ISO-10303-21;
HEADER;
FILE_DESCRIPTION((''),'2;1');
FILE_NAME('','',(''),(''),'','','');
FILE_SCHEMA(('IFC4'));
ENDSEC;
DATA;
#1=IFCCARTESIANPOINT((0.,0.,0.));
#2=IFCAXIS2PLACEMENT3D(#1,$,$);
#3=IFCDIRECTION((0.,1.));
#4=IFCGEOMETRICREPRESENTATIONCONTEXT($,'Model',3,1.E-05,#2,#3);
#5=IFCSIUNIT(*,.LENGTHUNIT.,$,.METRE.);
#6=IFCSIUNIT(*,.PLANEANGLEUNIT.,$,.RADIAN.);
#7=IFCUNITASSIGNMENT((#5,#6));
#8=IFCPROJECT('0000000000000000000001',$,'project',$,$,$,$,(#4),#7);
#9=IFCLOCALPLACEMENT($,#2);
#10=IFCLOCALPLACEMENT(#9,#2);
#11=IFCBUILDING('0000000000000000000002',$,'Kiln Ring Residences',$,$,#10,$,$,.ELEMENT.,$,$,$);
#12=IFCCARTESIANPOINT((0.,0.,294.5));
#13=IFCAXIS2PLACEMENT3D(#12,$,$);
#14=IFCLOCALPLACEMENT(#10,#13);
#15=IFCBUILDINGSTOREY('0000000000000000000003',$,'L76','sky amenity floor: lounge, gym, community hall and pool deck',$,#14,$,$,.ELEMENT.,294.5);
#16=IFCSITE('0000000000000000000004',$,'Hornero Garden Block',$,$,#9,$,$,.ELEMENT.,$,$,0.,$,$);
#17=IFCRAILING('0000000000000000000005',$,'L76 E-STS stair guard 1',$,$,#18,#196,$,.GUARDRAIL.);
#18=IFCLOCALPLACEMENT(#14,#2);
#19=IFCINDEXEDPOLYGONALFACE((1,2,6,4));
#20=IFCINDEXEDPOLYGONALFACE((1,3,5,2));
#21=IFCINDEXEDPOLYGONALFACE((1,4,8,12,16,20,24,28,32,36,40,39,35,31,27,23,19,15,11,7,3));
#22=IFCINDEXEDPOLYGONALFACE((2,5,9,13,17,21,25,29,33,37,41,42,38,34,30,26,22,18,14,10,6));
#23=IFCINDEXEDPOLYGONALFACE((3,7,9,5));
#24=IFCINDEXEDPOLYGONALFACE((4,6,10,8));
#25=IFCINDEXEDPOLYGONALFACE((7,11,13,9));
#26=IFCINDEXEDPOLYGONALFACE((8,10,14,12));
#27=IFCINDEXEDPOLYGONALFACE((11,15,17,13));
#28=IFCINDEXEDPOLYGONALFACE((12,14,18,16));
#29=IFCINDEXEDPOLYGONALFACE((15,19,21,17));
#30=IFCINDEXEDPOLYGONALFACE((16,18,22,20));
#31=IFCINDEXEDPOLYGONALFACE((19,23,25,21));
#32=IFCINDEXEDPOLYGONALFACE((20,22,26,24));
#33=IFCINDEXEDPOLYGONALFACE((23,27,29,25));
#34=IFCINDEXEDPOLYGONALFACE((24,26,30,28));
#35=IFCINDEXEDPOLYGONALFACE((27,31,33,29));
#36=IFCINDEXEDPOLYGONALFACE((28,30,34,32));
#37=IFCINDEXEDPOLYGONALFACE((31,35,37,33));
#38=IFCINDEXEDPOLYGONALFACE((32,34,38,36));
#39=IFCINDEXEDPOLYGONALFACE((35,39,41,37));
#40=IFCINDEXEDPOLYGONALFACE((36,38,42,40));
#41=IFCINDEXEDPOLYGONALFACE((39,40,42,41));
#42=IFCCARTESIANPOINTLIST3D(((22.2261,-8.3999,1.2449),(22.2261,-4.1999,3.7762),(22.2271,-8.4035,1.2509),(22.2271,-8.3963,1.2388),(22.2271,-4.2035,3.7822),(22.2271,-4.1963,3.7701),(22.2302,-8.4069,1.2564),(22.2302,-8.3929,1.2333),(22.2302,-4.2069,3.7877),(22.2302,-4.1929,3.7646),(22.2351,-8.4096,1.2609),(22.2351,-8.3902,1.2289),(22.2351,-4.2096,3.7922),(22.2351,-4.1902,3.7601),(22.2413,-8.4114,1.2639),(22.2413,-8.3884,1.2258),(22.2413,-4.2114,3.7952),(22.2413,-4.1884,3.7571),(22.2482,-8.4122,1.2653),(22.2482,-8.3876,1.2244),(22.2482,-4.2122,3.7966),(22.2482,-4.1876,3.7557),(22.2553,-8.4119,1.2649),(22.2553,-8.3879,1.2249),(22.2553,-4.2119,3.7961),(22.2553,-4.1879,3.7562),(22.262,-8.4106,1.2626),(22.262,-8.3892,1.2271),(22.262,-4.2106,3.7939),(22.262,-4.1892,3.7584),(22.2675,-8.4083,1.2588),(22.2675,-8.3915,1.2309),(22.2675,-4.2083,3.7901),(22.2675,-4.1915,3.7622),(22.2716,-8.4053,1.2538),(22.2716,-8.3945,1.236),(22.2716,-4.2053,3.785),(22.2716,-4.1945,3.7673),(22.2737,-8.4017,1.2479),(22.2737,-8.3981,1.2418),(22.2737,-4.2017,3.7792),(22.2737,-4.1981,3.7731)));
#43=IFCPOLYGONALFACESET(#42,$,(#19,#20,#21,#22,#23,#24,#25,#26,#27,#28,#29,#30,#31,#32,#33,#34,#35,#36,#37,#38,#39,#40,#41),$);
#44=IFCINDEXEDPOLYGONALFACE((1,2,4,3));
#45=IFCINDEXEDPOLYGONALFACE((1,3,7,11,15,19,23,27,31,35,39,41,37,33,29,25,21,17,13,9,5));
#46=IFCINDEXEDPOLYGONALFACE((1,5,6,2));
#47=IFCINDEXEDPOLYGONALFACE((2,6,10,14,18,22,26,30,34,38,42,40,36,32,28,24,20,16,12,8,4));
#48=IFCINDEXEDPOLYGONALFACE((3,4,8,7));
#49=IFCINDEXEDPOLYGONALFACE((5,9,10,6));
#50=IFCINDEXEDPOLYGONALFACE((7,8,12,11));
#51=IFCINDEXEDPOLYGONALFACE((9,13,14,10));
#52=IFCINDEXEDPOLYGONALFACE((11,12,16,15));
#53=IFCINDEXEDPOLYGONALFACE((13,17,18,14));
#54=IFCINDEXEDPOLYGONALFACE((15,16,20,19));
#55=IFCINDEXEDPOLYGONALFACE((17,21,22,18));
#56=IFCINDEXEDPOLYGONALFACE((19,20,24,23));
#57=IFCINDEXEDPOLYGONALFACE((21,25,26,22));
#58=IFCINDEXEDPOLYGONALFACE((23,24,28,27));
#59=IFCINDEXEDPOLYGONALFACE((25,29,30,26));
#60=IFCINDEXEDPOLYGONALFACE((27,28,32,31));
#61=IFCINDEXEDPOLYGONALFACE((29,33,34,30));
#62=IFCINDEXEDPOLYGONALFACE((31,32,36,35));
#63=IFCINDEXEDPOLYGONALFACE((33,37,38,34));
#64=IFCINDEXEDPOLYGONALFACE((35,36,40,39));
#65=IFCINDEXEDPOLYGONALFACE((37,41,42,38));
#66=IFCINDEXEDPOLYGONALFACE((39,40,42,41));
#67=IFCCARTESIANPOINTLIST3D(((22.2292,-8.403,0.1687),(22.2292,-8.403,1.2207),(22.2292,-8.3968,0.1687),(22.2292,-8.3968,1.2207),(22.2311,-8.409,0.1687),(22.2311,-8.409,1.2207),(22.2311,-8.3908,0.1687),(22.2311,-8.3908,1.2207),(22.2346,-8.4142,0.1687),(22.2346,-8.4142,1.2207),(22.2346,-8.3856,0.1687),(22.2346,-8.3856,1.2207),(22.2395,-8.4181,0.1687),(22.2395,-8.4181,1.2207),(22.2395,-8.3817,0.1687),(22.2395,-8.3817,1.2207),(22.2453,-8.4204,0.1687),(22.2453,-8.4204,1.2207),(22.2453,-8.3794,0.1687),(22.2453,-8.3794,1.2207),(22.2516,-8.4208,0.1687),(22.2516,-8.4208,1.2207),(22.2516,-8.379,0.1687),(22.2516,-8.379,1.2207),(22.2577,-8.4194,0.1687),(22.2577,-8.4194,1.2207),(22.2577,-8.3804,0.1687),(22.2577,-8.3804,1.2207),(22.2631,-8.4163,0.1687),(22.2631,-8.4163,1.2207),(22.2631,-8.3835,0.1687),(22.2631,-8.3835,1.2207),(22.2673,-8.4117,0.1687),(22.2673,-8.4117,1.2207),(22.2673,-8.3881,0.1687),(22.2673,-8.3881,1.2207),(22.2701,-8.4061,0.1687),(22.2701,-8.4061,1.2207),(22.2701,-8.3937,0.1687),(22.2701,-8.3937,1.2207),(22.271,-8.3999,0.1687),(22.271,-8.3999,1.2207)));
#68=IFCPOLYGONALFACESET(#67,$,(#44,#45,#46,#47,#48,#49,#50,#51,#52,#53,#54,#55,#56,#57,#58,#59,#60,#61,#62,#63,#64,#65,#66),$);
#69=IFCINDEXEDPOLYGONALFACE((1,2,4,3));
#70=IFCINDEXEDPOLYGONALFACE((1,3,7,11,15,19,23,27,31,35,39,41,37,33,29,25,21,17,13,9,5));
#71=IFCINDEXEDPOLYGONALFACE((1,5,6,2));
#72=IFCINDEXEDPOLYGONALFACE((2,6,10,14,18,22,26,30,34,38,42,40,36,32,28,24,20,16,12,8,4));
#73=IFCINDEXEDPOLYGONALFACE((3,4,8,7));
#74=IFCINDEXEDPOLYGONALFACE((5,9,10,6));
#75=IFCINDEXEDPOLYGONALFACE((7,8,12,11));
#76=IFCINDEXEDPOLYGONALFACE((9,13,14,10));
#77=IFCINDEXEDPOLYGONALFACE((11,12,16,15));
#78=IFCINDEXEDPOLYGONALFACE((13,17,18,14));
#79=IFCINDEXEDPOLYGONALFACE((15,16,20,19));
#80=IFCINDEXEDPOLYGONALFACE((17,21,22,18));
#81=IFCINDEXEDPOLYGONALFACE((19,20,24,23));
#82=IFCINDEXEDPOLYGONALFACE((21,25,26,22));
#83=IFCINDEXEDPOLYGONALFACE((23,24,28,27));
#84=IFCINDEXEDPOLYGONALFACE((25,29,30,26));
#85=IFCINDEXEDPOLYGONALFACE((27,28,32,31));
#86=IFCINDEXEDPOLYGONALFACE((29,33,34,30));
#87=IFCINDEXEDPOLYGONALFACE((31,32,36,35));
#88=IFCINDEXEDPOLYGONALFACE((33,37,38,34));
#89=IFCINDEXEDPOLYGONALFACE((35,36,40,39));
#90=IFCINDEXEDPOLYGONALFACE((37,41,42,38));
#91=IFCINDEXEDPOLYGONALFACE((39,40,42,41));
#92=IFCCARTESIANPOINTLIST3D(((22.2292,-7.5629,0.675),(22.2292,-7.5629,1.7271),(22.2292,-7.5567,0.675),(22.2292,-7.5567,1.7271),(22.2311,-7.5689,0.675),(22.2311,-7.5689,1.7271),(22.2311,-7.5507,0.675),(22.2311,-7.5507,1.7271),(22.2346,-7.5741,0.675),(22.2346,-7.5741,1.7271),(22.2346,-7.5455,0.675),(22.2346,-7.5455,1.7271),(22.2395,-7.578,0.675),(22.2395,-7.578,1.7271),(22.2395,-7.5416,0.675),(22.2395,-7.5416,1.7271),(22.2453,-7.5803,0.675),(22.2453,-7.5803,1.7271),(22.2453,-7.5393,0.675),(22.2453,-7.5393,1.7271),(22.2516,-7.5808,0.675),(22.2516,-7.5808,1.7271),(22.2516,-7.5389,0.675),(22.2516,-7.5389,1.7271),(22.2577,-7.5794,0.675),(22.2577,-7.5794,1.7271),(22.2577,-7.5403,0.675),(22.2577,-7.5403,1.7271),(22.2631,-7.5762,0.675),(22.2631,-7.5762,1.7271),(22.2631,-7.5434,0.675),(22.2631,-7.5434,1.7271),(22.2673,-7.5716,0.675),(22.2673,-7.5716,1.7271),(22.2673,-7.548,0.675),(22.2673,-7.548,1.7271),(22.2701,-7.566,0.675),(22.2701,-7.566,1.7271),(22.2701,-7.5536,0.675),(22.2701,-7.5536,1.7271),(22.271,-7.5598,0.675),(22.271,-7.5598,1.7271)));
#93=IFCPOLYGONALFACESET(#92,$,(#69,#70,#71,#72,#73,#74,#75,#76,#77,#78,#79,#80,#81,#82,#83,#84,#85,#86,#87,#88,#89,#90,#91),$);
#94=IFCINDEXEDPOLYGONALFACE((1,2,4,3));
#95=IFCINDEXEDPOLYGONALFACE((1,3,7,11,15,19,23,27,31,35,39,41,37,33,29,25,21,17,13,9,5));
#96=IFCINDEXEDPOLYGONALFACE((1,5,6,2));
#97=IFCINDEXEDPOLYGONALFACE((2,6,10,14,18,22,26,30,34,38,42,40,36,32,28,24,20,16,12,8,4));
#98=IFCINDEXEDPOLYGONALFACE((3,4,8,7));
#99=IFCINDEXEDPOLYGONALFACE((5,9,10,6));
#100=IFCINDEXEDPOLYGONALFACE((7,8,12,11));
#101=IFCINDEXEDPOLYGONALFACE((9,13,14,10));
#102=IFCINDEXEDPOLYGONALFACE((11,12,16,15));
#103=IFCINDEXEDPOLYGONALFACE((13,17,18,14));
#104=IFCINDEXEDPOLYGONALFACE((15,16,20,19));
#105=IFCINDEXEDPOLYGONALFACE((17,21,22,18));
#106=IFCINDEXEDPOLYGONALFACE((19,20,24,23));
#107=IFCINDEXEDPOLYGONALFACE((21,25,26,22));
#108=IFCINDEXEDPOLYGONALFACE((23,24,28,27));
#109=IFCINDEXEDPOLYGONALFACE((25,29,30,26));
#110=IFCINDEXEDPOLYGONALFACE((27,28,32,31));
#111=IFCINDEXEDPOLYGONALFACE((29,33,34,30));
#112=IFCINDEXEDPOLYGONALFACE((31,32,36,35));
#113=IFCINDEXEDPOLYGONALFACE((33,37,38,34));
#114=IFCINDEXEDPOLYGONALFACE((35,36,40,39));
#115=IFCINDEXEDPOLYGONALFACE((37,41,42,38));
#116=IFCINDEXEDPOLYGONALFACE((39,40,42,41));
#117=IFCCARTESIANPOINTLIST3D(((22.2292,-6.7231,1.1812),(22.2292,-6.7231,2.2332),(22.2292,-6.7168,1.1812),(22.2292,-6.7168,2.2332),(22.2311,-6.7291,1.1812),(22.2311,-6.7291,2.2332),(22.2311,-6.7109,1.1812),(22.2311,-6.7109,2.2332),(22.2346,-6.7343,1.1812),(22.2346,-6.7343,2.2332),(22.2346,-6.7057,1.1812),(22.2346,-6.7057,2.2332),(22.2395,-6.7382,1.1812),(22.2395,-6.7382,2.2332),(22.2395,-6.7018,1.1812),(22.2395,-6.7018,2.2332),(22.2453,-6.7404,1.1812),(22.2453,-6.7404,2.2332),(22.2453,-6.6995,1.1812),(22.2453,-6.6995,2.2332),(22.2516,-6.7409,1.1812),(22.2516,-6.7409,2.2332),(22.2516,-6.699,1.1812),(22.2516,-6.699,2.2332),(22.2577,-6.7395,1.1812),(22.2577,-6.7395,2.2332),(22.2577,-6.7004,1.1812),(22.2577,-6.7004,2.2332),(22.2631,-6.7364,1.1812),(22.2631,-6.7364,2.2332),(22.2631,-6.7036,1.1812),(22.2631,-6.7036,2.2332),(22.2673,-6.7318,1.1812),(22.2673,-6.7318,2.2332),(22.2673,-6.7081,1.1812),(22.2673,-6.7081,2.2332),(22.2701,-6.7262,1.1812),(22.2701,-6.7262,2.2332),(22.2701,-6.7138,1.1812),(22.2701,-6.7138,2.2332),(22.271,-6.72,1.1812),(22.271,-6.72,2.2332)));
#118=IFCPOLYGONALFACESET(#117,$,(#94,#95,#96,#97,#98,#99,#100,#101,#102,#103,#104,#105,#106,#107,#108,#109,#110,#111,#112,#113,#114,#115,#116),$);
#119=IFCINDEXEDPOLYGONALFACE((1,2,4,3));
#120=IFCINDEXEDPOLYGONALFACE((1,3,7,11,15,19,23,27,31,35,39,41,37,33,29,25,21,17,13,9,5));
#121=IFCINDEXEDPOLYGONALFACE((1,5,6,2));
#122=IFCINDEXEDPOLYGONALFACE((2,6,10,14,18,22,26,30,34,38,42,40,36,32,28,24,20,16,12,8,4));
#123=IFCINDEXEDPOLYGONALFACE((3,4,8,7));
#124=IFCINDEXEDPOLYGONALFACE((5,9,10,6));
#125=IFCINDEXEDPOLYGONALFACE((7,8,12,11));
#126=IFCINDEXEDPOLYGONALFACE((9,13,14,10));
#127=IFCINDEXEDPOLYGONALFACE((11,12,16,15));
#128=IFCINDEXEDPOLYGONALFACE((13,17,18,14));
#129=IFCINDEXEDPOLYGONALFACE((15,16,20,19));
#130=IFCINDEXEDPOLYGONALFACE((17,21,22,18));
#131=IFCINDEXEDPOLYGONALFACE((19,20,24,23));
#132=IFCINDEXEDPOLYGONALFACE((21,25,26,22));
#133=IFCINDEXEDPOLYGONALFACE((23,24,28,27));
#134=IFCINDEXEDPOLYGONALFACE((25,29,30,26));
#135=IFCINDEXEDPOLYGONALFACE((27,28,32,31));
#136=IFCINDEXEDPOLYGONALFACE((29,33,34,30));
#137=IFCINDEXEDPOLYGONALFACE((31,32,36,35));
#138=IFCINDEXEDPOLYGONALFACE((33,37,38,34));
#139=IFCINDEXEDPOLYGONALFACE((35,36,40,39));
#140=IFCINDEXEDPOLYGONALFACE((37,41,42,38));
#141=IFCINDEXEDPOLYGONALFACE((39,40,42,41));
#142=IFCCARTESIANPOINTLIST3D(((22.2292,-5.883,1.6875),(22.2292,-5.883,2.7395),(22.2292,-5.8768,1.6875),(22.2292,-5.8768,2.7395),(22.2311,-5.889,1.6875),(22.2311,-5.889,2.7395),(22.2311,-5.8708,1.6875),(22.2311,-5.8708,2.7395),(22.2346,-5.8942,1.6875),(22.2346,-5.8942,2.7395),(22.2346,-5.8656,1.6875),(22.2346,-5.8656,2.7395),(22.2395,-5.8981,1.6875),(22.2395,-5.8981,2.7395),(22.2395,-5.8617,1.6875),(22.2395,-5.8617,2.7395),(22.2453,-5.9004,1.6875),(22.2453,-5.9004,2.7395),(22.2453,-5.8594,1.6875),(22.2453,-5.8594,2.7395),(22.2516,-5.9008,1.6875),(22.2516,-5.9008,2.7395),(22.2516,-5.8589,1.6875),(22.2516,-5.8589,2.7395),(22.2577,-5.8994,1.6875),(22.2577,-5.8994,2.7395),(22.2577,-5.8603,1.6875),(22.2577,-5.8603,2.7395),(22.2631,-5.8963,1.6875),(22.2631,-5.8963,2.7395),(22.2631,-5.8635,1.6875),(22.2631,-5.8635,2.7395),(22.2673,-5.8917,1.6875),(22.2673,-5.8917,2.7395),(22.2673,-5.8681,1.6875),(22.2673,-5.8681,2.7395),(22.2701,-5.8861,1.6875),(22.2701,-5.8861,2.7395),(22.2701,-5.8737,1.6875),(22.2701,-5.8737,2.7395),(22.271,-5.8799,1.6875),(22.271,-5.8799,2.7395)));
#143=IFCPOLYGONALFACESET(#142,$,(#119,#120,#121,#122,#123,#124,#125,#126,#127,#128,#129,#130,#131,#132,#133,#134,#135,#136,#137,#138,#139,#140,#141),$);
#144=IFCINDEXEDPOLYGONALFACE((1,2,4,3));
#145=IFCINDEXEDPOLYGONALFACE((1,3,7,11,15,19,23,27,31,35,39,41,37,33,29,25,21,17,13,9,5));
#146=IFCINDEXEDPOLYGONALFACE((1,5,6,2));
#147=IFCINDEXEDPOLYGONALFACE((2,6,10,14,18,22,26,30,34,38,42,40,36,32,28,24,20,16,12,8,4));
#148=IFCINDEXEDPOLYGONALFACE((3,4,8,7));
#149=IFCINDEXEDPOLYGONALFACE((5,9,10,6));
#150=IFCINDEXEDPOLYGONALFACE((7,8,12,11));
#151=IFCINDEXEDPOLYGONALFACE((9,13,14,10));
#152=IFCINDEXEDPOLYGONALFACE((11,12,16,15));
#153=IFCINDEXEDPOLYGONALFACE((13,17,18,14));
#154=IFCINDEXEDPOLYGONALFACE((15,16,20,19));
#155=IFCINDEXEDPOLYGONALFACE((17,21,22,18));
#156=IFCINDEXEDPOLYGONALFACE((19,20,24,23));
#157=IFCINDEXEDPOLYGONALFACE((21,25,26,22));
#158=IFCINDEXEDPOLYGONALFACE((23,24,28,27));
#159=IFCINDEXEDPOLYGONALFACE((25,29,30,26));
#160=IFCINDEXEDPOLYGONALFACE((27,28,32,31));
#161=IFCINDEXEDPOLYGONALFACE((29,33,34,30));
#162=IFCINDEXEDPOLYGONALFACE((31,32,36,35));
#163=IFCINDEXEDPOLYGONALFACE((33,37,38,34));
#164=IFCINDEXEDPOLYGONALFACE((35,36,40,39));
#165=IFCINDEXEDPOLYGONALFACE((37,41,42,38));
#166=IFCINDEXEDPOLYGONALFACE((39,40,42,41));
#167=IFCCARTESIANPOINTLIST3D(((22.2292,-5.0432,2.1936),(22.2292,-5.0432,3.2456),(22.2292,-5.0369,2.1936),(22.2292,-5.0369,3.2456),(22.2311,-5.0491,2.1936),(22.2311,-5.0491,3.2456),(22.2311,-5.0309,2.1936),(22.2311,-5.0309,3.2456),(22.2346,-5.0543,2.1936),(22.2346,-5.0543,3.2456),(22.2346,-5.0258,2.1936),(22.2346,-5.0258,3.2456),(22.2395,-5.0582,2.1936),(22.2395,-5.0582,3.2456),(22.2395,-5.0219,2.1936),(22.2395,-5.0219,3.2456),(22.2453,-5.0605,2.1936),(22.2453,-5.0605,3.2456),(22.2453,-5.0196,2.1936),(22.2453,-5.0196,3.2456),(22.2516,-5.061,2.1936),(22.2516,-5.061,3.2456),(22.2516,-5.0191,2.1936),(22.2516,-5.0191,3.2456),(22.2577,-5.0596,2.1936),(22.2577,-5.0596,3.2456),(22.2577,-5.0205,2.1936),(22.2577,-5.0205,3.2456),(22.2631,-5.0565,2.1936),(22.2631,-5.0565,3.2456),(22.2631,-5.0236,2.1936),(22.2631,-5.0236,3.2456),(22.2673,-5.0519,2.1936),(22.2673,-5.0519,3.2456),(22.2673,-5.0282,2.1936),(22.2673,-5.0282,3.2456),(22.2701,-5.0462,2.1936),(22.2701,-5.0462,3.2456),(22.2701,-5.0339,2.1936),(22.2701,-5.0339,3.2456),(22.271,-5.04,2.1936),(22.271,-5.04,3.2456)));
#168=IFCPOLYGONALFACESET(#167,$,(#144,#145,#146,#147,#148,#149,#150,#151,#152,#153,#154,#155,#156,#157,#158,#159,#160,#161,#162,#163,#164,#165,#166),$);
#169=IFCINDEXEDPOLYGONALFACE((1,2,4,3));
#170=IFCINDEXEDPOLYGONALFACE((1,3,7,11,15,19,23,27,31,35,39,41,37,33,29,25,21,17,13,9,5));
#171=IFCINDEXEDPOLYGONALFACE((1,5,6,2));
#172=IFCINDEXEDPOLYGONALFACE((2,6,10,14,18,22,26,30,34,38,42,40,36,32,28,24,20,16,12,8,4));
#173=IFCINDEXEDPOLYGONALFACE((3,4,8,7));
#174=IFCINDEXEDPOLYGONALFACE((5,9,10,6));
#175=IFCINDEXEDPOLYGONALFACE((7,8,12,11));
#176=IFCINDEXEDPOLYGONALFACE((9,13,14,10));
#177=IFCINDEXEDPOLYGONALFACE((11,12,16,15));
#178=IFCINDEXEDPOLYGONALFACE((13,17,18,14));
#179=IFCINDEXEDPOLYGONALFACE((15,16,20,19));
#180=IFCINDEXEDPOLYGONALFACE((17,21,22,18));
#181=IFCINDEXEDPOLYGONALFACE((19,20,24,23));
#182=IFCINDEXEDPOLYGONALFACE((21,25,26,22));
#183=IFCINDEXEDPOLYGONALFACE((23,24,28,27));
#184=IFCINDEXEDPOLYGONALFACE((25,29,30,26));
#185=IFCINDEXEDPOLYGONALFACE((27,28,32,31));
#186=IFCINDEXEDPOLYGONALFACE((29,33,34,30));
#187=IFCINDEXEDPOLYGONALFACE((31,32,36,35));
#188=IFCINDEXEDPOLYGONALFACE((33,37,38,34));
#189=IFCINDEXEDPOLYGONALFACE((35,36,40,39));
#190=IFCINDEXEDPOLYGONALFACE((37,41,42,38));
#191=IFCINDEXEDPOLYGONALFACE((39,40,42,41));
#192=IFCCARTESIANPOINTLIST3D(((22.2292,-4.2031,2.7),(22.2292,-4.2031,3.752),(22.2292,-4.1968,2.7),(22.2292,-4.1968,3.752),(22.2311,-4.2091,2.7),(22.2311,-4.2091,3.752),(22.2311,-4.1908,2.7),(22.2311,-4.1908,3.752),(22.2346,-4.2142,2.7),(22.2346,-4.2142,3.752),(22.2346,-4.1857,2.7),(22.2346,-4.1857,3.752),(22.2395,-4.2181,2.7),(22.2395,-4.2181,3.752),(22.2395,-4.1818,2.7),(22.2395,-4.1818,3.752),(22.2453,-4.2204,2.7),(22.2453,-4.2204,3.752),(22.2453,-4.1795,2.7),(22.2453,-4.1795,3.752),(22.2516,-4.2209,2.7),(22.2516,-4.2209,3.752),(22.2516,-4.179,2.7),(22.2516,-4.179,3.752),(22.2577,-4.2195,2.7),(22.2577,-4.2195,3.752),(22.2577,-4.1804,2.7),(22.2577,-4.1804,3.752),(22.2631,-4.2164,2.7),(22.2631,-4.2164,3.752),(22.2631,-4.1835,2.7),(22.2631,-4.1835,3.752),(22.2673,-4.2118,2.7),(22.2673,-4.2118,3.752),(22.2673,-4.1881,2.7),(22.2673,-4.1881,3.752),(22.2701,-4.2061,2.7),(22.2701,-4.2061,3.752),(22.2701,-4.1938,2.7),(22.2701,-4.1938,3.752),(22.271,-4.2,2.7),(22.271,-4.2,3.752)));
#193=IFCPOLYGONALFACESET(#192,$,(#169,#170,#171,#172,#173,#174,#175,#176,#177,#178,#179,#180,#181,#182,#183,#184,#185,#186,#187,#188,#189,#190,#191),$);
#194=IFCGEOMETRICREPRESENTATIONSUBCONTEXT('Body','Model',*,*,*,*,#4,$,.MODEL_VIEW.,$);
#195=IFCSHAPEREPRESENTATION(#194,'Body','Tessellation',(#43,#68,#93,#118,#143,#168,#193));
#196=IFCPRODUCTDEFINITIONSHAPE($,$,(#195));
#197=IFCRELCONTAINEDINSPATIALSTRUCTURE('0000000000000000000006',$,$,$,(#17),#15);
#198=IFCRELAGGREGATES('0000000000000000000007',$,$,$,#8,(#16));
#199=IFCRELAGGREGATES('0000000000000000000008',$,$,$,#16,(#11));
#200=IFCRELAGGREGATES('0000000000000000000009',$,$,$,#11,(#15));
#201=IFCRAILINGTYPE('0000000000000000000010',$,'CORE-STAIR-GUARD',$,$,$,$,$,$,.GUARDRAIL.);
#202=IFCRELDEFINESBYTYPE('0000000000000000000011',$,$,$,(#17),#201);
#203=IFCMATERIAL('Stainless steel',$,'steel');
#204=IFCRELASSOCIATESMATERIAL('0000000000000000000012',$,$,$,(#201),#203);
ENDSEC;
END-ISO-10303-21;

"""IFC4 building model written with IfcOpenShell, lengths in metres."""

from ifc_helpers import new_model, si_unit, direction, frame, origin, origin_2d, place, context, subcontext, project, spatial, circle, extrude, material, type_object, element, save


model = new_model("IFC4")

# Units and contexts
model_context = context("Model", 3, precision=1e-05, world=origin(), true_north=direction((0.0, 1.0)))
body_context = subcontext(model_context, "Body", "Model", "MODEL_VIEW")
ifc_project = project(units=[si_unit("LENGTHUNIT", "METRE"), si_unit("PLANEANGLEUNIT", "RADIAN")], contexts=[model_context])

# Site, building, storey
site_placement = place(None, origin())
site = spatial("IfcSite", under=ifc_project, at=site_placement, Name="Hornero Garden Block", CompositionType="ELEMENT", RefElevation=0.0)
building_placement = place(site_placement, origin())
building = spatial("IfcBuilding", under=site, at=building_placement, Name="Kiln Ring Residences", CompositionType="ELEMENT")
storey_placement = place(building_placement, frame((0.0, 0.0, 294.5)))
storey = spatial("IfcBuildingStorey", under=building, at=storey_placement, Name="L76", Description="sky amenity floor: lounge, gym, community hall and pool deck", CompositionType="ELEMENT", Elevation=294.5)

# Railing
ifc_material_1 = material(Name="Stainless steel", Category="steel")
railing_type_1 = type_object("IfcRailingType", Name="CORE-STAIR-GUARD", PredefinedType="GUARDRAIL", material=ifc_material_1)
railing_1_placement = place(storey_placement, frame((22.25, -8.3999, 0.1687)))
element("IfcRailing", 1, at=railing_1_placement, inside=storey, type_object=railing_type_1, Name="L76 E-STS stair guard 1", PredefinedType="GUARDRAIL", context=body_context, shape_type="SweptSolid", body=[
    extrude(circle(Radius=0.0239, at=origin_2d()), frame((0.0, 0.0, 1.0762), z_axis=(0.0, 0.856476, 0.516186), x_axis=(-1.0, 0.0, 0.0)), (0.0, 0.0, 1.0), 4.9038),
    extrude(circle(Radius=0.021, at=origin_2d()), origin(), (0.0, 0.0, 1.0), 1.052),
    extrude(circle(Radius=0.021, at=origin_2d()), frame((0.0, 0.8401, 0.5063)), (0.0, 0.0, 1.0), 1.052),
    extrude(circle(Radius=0.021, at=origin_2d()), frame((0.0, 1.6799, 1.0125)), (0.0, 0.0, 1.0), 1.052),
    extrude(circle(Radius=0.021, at=origin_2d()), frame((0.0, 2.52, 1.5188)), (0.0, 0.0, 1.0), 1.052),
    extrude(circle(Radius=0.021, at=origin_2d()), frame((0.0, 3.3599, 2.0249)), (0.0, 0.0, 1.0), 1.052),
    extrude(circle(Radius=0.021, at=origin_2d()), frame((0.0, 4.2, 2.5312)), (0.0, 0.0, 1.0), 1.052),
])

save(model, "model.ifc")
